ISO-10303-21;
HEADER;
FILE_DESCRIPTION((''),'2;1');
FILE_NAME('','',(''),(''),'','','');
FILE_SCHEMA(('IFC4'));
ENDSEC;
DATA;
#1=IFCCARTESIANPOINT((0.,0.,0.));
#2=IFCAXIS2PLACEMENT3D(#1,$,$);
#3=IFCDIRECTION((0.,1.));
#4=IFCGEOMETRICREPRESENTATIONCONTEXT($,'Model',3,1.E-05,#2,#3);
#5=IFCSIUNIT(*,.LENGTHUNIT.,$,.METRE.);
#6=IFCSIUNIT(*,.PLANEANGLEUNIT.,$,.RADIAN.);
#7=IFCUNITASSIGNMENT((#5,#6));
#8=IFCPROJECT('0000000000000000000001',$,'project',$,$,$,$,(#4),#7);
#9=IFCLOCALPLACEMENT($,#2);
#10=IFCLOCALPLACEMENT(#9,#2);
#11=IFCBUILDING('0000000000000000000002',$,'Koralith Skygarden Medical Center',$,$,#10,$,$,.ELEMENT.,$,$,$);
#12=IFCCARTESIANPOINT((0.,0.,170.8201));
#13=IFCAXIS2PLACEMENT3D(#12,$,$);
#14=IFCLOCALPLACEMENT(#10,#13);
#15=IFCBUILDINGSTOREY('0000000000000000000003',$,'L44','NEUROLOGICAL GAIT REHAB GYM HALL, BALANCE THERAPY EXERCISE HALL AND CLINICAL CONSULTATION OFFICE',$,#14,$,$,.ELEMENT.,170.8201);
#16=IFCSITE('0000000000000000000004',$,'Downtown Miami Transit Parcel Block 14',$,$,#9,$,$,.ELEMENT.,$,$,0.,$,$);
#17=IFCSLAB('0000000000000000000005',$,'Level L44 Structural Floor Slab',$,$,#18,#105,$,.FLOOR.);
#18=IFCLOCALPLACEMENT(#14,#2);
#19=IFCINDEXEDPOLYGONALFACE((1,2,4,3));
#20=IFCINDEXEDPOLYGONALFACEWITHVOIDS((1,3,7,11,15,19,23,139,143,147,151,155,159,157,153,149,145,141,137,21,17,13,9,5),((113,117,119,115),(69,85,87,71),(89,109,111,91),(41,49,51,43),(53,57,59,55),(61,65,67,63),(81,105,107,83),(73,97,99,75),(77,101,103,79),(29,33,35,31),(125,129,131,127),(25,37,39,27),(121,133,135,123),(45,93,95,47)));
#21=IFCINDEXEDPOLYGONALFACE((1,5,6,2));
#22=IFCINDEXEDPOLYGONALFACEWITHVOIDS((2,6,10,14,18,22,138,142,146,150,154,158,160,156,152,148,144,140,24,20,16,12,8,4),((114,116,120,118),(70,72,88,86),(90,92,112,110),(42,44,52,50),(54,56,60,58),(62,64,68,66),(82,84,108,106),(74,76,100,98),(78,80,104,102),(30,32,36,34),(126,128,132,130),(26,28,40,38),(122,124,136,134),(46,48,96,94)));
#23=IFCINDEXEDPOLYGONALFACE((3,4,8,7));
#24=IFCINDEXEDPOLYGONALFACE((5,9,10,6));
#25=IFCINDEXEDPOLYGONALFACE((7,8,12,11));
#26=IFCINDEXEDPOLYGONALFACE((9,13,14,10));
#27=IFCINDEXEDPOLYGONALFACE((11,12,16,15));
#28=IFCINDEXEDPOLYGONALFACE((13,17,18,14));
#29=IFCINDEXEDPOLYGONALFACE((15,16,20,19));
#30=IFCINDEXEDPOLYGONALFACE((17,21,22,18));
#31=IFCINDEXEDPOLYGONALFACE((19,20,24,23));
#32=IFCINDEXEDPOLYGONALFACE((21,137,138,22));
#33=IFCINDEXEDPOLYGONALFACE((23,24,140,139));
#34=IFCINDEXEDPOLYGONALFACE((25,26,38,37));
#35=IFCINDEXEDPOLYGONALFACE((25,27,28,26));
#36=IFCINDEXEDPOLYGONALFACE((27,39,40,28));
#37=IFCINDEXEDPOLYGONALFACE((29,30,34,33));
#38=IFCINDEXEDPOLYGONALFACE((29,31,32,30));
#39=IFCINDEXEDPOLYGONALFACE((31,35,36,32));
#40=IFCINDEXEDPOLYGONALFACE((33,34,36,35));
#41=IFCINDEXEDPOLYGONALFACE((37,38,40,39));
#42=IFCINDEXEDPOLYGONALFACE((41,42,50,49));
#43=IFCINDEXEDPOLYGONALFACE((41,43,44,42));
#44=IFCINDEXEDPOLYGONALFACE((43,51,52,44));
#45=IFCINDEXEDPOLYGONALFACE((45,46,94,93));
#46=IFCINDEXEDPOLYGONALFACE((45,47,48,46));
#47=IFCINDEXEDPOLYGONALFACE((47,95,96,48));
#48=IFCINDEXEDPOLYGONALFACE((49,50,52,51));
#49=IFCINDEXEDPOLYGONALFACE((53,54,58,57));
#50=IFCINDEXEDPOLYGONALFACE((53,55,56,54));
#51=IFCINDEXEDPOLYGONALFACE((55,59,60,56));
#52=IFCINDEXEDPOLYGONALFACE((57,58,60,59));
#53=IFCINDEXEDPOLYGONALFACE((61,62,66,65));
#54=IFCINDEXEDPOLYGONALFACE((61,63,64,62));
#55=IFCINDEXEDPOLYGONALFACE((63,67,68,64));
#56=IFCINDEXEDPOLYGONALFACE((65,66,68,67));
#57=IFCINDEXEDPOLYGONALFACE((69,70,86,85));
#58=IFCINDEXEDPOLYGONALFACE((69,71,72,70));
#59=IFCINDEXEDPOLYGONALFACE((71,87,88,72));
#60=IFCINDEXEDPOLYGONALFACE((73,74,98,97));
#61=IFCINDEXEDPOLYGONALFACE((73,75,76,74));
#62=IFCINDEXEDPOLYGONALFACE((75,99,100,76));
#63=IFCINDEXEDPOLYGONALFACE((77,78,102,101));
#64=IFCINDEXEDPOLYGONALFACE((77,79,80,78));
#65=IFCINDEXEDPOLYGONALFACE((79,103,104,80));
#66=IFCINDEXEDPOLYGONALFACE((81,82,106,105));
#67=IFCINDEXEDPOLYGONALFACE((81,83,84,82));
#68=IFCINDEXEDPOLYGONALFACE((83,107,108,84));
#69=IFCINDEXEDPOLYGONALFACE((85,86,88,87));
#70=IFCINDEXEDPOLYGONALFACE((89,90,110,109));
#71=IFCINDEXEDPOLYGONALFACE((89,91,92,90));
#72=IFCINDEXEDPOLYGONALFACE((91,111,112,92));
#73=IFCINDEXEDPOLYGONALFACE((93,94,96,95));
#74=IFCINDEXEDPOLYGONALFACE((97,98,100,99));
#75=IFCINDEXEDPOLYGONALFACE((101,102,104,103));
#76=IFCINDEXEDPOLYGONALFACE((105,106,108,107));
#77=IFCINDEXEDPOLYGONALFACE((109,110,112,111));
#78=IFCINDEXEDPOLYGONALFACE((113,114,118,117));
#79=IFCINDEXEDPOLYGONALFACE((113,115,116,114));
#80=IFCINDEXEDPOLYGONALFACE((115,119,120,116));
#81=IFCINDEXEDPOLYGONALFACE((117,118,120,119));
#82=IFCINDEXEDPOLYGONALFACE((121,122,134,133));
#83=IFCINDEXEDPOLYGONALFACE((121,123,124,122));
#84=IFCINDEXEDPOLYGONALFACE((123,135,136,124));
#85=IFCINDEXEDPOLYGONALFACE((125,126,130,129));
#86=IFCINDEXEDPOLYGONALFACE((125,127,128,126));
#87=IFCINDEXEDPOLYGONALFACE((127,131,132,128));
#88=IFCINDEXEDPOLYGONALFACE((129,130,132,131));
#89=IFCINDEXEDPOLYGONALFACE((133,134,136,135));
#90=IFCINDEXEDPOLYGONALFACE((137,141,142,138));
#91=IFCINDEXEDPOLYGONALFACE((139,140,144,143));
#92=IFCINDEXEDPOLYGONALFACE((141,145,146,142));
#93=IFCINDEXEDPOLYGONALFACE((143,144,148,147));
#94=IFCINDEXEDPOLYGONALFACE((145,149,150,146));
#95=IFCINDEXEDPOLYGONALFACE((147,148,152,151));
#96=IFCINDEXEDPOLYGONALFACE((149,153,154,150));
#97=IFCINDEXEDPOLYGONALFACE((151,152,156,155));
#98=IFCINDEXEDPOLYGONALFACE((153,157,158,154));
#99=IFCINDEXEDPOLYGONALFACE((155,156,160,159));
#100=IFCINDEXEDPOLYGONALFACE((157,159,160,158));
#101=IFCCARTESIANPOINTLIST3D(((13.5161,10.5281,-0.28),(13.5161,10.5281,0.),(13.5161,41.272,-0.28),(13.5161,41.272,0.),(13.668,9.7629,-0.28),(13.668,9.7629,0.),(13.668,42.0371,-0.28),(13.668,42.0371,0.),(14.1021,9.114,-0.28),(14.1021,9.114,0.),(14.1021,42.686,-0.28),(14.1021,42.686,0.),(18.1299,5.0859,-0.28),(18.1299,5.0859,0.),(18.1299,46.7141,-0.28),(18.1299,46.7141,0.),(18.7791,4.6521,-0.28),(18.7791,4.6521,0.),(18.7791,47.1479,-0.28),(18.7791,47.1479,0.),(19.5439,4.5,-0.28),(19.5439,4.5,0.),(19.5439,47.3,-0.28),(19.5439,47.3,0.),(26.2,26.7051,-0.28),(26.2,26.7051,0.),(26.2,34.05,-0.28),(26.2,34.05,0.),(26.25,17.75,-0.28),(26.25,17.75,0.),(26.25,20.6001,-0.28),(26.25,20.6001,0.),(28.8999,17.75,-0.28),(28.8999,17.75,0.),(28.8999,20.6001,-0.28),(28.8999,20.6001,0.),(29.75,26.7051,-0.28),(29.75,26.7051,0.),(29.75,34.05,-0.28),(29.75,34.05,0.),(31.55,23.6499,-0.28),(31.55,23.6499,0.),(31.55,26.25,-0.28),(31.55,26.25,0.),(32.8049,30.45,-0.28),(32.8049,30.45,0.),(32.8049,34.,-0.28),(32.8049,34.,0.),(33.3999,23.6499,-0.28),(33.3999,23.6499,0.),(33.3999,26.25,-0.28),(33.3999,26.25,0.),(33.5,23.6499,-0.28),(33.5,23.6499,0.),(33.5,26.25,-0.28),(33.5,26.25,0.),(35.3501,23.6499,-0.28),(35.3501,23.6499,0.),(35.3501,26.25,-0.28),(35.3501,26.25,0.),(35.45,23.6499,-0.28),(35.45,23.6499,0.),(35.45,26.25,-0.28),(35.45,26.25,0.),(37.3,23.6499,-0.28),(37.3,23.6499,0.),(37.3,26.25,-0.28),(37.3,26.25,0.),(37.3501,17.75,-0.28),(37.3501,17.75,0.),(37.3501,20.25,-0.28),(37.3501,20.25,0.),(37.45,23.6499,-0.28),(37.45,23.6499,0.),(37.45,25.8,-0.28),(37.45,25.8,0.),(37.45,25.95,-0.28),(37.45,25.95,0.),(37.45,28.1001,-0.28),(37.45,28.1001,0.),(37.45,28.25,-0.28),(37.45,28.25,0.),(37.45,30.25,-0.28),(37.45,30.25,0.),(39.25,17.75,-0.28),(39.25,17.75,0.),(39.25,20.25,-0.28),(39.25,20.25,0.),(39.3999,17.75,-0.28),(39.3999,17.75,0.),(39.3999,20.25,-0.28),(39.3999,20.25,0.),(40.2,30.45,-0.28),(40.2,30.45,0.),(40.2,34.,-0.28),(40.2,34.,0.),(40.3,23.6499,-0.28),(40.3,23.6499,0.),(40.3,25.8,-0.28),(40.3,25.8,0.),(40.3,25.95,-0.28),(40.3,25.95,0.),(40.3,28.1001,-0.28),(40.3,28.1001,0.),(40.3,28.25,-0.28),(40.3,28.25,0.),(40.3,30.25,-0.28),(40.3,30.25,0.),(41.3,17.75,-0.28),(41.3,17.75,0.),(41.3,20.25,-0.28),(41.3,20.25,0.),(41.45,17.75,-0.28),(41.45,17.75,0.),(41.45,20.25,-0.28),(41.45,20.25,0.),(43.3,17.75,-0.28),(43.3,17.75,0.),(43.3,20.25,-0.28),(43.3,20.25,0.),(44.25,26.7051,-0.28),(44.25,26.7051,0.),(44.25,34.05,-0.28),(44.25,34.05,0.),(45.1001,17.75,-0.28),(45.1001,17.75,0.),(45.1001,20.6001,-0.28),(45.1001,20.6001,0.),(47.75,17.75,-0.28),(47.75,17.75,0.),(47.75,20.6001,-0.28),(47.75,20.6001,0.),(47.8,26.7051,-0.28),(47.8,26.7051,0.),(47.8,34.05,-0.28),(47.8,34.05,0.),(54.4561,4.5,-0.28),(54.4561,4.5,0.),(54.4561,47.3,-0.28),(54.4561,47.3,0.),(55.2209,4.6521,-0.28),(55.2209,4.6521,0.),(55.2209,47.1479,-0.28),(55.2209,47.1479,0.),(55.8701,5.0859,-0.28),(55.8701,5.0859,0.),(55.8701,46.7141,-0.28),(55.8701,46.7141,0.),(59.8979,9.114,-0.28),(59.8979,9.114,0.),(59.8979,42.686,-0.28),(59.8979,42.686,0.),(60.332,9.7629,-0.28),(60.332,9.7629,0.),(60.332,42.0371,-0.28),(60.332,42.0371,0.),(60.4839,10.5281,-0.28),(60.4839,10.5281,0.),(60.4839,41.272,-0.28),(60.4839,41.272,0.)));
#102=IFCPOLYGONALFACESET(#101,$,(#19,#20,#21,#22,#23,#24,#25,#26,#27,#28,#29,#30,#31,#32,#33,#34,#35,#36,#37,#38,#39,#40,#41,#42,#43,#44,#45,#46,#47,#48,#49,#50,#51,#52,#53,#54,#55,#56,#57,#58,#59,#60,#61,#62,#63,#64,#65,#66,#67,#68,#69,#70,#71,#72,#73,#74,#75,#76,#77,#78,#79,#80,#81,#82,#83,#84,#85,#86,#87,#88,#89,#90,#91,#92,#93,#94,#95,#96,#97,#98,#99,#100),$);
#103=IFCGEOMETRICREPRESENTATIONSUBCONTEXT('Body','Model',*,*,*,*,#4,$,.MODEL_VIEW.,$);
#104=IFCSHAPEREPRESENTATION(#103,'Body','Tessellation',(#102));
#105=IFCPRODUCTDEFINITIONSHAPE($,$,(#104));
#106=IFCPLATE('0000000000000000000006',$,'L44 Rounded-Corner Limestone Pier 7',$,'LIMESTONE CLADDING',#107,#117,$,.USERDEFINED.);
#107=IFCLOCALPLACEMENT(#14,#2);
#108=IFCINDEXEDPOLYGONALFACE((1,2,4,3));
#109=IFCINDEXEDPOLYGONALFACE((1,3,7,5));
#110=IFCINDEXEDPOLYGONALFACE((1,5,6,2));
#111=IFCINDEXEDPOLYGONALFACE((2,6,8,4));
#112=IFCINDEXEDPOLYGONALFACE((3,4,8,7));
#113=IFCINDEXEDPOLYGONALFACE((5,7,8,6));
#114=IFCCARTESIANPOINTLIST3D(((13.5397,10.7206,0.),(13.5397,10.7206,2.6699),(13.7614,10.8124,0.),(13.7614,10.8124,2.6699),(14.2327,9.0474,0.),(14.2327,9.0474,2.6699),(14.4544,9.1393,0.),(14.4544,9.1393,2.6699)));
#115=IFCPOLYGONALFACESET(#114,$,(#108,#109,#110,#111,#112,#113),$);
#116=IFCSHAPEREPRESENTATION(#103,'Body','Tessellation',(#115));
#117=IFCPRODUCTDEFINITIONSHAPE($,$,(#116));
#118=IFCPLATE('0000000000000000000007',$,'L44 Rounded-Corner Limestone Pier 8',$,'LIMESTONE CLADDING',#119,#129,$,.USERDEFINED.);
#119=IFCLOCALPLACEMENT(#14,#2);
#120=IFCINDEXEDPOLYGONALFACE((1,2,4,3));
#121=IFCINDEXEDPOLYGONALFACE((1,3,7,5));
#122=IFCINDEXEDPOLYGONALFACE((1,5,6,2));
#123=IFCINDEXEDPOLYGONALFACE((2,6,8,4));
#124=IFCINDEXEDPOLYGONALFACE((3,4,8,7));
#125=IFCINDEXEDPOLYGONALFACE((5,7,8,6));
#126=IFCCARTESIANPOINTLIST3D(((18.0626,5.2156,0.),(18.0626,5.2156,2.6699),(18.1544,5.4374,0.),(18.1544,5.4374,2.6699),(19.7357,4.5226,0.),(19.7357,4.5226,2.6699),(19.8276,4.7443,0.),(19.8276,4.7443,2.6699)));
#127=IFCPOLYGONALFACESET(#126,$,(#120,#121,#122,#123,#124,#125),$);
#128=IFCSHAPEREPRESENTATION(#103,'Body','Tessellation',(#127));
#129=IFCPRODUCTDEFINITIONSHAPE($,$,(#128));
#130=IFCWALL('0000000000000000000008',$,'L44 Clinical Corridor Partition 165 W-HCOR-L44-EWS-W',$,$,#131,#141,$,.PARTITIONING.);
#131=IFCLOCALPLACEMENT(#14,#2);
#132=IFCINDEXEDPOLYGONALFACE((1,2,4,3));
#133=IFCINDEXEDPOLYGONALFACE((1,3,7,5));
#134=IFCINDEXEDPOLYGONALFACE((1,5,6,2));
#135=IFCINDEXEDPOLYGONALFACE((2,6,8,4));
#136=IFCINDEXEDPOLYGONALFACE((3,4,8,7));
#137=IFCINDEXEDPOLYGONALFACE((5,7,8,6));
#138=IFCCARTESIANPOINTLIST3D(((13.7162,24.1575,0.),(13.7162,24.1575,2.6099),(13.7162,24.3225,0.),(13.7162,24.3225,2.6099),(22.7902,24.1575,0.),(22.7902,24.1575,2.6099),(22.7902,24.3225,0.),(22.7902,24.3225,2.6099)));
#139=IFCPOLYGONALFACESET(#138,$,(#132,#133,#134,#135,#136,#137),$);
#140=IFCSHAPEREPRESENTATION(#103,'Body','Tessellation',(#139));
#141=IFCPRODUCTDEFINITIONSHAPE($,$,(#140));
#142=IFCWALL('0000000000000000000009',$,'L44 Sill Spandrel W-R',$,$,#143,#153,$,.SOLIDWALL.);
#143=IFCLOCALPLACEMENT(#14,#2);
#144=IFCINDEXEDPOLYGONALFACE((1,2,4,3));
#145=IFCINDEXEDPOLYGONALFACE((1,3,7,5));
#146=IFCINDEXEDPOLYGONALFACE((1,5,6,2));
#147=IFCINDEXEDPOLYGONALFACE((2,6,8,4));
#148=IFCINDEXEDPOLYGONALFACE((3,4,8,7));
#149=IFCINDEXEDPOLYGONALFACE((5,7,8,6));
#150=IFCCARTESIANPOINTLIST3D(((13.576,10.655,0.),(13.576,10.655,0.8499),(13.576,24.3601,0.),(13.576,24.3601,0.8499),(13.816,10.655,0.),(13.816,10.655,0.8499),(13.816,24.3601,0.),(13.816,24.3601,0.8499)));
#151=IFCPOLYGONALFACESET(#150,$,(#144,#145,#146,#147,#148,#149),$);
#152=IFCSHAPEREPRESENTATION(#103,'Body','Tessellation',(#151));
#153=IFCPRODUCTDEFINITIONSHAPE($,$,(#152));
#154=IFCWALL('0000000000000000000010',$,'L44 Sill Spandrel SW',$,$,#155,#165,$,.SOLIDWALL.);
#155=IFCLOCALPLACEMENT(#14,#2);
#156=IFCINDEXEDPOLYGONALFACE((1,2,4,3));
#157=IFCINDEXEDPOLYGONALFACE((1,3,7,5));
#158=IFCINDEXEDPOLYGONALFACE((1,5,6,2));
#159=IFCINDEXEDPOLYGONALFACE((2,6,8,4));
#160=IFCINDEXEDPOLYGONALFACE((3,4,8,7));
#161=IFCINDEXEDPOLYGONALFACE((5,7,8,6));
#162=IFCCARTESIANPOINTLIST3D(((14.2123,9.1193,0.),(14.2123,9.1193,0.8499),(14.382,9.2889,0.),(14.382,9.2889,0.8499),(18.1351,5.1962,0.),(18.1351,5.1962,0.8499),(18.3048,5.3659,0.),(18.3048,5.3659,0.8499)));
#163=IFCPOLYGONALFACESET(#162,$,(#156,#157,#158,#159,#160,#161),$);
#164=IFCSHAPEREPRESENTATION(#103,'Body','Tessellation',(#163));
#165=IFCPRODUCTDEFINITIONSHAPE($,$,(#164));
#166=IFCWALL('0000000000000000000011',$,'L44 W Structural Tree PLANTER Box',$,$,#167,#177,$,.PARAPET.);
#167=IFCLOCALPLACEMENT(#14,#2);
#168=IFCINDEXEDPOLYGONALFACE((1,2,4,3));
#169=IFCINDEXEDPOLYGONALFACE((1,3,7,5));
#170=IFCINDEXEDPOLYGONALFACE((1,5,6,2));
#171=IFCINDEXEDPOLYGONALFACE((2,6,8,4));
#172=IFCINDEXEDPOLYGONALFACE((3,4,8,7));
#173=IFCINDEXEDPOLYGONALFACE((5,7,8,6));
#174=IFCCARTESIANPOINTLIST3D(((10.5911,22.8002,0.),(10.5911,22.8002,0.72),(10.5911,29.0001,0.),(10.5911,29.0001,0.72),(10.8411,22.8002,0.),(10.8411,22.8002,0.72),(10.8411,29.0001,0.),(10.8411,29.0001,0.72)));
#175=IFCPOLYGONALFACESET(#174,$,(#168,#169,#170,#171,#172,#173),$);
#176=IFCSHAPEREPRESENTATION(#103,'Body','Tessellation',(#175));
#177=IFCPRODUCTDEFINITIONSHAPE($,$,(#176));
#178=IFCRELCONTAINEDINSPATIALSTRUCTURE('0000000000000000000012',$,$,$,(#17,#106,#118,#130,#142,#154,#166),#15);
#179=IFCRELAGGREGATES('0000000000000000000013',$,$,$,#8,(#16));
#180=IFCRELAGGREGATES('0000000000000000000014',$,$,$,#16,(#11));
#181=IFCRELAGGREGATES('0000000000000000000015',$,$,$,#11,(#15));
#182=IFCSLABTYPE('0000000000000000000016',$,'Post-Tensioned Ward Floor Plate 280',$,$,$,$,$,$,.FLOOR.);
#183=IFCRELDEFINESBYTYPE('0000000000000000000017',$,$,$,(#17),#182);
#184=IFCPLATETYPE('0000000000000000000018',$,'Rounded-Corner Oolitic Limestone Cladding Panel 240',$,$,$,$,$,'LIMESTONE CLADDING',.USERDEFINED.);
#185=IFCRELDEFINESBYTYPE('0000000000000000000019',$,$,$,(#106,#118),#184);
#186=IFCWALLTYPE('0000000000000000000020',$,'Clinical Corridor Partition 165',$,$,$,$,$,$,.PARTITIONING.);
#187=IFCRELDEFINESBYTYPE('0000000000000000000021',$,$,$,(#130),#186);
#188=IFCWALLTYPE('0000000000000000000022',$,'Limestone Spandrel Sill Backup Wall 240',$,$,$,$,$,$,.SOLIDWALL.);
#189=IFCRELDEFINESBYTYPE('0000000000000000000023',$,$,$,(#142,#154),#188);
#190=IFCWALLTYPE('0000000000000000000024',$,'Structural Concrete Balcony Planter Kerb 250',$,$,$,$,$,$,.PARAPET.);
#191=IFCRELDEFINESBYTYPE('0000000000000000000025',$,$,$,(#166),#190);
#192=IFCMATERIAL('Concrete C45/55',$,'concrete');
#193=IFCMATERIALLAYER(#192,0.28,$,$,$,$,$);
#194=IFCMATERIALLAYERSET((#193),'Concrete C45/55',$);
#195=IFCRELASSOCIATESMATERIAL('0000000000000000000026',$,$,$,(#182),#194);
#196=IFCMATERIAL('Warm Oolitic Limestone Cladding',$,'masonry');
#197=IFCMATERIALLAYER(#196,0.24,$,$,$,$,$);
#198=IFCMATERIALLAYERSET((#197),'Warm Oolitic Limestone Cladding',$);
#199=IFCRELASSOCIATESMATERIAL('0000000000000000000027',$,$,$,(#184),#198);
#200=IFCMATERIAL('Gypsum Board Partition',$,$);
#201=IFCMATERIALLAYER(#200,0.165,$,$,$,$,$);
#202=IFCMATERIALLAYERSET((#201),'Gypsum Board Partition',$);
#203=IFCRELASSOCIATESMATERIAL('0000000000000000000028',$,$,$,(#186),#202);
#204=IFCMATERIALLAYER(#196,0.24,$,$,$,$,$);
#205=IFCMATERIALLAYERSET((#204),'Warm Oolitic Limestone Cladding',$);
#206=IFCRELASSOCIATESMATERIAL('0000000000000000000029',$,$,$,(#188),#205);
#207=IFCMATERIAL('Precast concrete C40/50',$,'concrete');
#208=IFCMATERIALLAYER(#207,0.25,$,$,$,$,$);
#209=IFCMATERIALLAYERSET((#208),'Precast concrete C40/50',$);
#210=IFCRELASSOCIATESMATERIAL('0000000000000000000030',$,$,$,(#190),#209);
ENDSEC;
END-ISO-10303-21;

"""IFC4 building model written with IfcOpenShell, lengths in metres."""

from ifc_helpers import new_model, si_unit, direction, frame, frame_2d, origin, origin_2d, place, context, subcontext, project, spatial, polyline, rectangle, outline, extrude, material, layer, layer_set, type_object, element, save


model = new_model("IFC4")

# Units and contexts
model_context = context("Model", 3, precision=1e-05, world=origin(), true_north=direction((0.0, 1.0)))
body_context = subcontext(model_context, "Body", "Model", "MODEL_VIEW")
ifc_project = project(units=[si_unit("LENGTHUNIT", "METRE"), si_unit("PLANEANGLEUNIT", "RADIAN")], contexts=[model_context])

# Site, building, storey
site_placement = place(None, origin())
site = spatial("IfcSite", under=ifc_project, at=site_placement, Name="Downtown Miami Transit Parcel Block 14", CompositionType="ELEMENT", RefElevation=0.0)
building_placement = place(site_placement, origin())
building = spatial("IfcBuilding", under=site, at=building_placement, Name="Koralith Skygarden Medical Center", CompositionType="ELEMENT")
storey_placement = place(building_placement, frame((0.0, 0.0, 170.8201)))
storey = spatial("IfcBuildingStorey", under=building, at=storey_placement, Name="L44", Description="NEUROLOGICAL GAIT REHAB GYM HALL, BALANCE THERAPY EXERCISE HALL AND CLINICAL CONSULTATION OFFICE", CompositionType="ELEMENT", Elevation=170.8201)

# Shared definitions
ifc_material_1 = material(Name="Concrete C45/55", Category="concrete")

# Slab
ifc_layer_1 = layer(ifc_material_1, 0.28)
ifc_layer_set_1 = layer_set([ifc_layer_1], Name="Concrete C45/55")
slab_type_1 = type_object("IfcSlabType", Name="Post-Tensioned Ward Floor Plate 280", PredefinedType="FLOOR", material=ifc_layer_set_1)
slab_1_placement = place(storey_placement, frame((0.0, 0.0, -0.28)))
element("IfcSlab", 1, at=slab_1_placement, inside=storey, type_object=slab_type_1, Name="Level L44 Structural Floor Slab", PredefinedType="FLOOR", context=body_context, shape_type="SweptSolid", body=[
    extrude(outline(polyline([(18.1299, 5.0859), (18.7791, 4.6521), (19.5439, 4.5), (54.4561, 4.5), (55.2209, 4.6521), (55.8701, 5.0859), (59.8979, 9.114), (60.332, 9.7629), (60.4839, 10.5281), (60.4839, 41.272), (60.332, 42.0371), (59.8979, 42.686), (55.8701, 46.7141), (55.2209, 47.1479), (54.4561, 47.3), (19.5439, 47.3), (18.7791, 47.1479), (18.1299, 46.7141), (14.1021, 42.686), (13.668, 42.0371), (13.5161, 41.272), (13.5161, 10.5281), (13.668, 9.7629), (14.1021, 9.114), (18.1299, 5.0859)]), holes=[polyline([(26.2, 26.7051), (29.75, 26.7051), (29.75, 34.05), (26.2, 34.05), (26.2, 26.7051)]), polyline([(44.25, 26.7051), (47.8, 26.7051), (47.8, 34.05), (44.25, 34.05), (44.25, 26.7051)]), polyline([(32.8049, 30.45), (40.2, 30.45), (40.2, 34.0), (32.8049, 34.0), (32.8049, 30.45)]), polyline([(26.25, 17.75), (28.8999, 17.75), (28.8999, 20.6001), (26.25, 20.6001), (26.25, 17.75)]), polyline([(45.1001, 17.75), (47.75, 17.75), (47.75, 20.6001), (45.1001, 20.6001), (45.1001, 17.75)]), polyline([(37.3501, 17.75), (39.25, 17.75), (39.25, 20.25), (37.3501, 20.25), (37.3501, 17.75)]), polyline([(39.3999, 17.75), (41.3, 17.75), (41.3, 20.25), (39.3999, 20.25), (39.3999, 17.75)]), polyline([(41.45, 17.75), (43.3, 17.75), (43.3, 20.25), (41.45, 20.25), (41.45, 17.75)]), polyline([(31.55, 23.6499), (33.3999, 23.6499), (33.3999, 26.25), (31.55, 26.25), (31.55, 23.6499)]), polyline([(33.5, 23.6499), (35.3501, 23.6499), (35.3501, 26.25), (33.5, 26.25), (33.5, 23.6499)]), polyline([(35.45, 23.6499), (37.3, 23.6499), (37.3, 26.25), (35.45, 26.25), (35.45, 23.6499)]), polyline([(37.45, 23.6499), (40.3, 23.6499), (40.3, 25.8), (37.45, 25.8), (37.45, 23.6499)]), polyline([(37.45, 25.95), (40.3, 25.95), (40.3, 28.1001), (37.45, 28.1001), (37.45, 25.95)]), polyline([(37.45, 28.25), (40.3, 28.25), (40.3, 30.25), (37.45, 30.25), (37.45, 28.25)])]), origin(), (0.0, 0.0, 1.0), 0.28),
])

# Plates
ifc_material_2 = material(Name="Warm Oolitic Limestone Cladding", Category="masonry")
ifc_layer_2 = layer(ifc_material_2, 0.24)
ifc_layer_set_2 = layer_set([ifc_layer_2], Name="Warm Oolitic Limestone Cladding")
plate_type_1 = type_object("IfcPlateType", Name="Rounded-Corner Oolitic Limestone Cladding Panel 240", ElementType="LIMESTONE CLADDING", PredefinedType="USERDEFINED", material=ifc_layer_set_2)
for number, where, z_axis, x_axis, name in (
    (2, (13.9971, 9.9299, 0.0), (0.0, 0.0, 1.0), (0.382671, -0.923885, 0.0), "L44 Rounded-Corner Limestone Pier 7"),
    (3, (18.9451, 4.98, 0.0), (0.0, 0.0, 1.0), (0.923885, -0.382671, 0.0), "L44 Rounded-Corner Limestone Pier 8"),
):
    element("IfcPlate", number, at=place(storey_placement, frame(where, z_axis=z_axis, x_axis=x_axis)), inside=storey, type_object=plate_type_1, Name=name, ObjectType="LIMESTONE CLADDING", PredefinedType="USERDEFINED", context=body_context, shape_type="SweptSolid", body=[
        extrude(rectangle(XDim=1.811, YDim=0.24, at=origin_2d()), origin(), (0.0, 0.0, 1.0), 2.6699),
    ])

# Walls
ifc_material_3 = material(Name="Gypsum Board Partition")
ifc_layer_3 = layer(ifc_material_3, 0.165)
ifc_layer_set_3 = layer_set([ifc_layer_3], Name="Gypsum Board Partition")
wall_type_1 = type_object("IfcWallType", Name="Clinical Corridor Partition 165", PredefinedType="PARTITIONING", material=ifc_layer_set_3)
wall_1_placement = place(storey_placement, frame((13.7161, 24.24, 0.0), z_axis=(0.0, 0.0, 1.0), x_axis=(1.0, 0.0, 0.0)))
element("IfcWall", 4, at=wall_1_placement, inside=storey, type_object=wall_type_1, Name="L44 Clinical Corridor Partition 165 W-HCOR-L44-EWS-W", PredefinedType="PARTITIONING", context=body_context, shape_type="SweptSolid", body=[
    extrude(rectangle(XDim=9.074, YDim=0.165, at=frame_2d((4.5371, 0.0))), origin(), (0.0, 0.0, 1.0), 2.6099),
])
ifc_layer_4 = layer(ifc_material_2, 0.24)
ifc_layer_set_4 = layer_set([ifc_layer_4], Name="Warm Oolitic Limestone Cladding")
wall_type_2 = type_object("IfcWallType", Name="Limestone Spandrel Sill Backup Wall 240", PredefinedType="SOLIDWALL", material=ifc_layer_set_4)
wall_2_placement = place(storey_placement, frame((13.696, 24.3601, 0.0), z_axis=(0.0, 0.0, 1.0), x_axis=(0.0, -1.0, 0.0)))
element("IfcWall", 5, at=wall_2_placement, inside=storey, type_object=wall_type_2, Name="L44 Sill Spandrel W-R", PredefinedType="SOLIDWALL", context=body_context, shape_type="SweptSolid", body=[
    extrude(rectangle(XDim=13.7051, YDim=0.24, at=frame_2d((6.8525, 0.0))), origin(), (0.0, 0.0, 1.0), 0.8499),
])
wall_3_placement = place(storey_placement, frame((14.2971, 9.2041, 0.0), z_axis=(0.0, 0.0, 1.0), x_axis=(0.707085, -0.707129, 0.0)))
element("IfcWall", 6, at=wall_3_placement, inside=storey, type_object=wall_type_2, Name="L44 Sill Spandrel SW", PredefinedType="SOLIDWALL", context=body_context, shape_type="SweptSolid", body=[
    extrude(rectangle(XDim=5.5479, YDim=0.24, at=frame_2d((2.7739, 0.0))), origin(), (0.0, 0.0, 1.0), 0.8499),
])
ifc_material_4 = material(Name="Precast concrete C40/50", Category="concrete")
ifc_layer_5 = layer(ifc_material_4, 0.25)
ifc_layer_set_5 = layer_set([ifc_layer_5], Name="Precast concrete C40/50")
wall_type_3 = type_object("IfcWallType", Name="Structural Concrete Balcony Planter Kerb 250", PredefinedType="PARAPET", material=ifc_layer_set_5)
wall_4_placement = place(storey_placement, frame((10.7161, 22.8, 0.0), z_axis=(0.0, 0.0, 1.0), x_axis=(0.0, 1.0, 0.0)))
element("IfcWall", 7, at=wall_4_placement, inside=storey, type_object=wall_type_3, Name="L44 W Structural Tree PLANTER Box", PredefinedType="PARAPET", context=body_context, shape_type="SweptSolid", body=[
    extrude(rectangle(XDim=6.2, YDim=0.25, at=frame_2d((3.1001, 0.0))), origin(), (0.0, 0.0, 1.0), 0.72),
])

save(model, "model.ifc")
